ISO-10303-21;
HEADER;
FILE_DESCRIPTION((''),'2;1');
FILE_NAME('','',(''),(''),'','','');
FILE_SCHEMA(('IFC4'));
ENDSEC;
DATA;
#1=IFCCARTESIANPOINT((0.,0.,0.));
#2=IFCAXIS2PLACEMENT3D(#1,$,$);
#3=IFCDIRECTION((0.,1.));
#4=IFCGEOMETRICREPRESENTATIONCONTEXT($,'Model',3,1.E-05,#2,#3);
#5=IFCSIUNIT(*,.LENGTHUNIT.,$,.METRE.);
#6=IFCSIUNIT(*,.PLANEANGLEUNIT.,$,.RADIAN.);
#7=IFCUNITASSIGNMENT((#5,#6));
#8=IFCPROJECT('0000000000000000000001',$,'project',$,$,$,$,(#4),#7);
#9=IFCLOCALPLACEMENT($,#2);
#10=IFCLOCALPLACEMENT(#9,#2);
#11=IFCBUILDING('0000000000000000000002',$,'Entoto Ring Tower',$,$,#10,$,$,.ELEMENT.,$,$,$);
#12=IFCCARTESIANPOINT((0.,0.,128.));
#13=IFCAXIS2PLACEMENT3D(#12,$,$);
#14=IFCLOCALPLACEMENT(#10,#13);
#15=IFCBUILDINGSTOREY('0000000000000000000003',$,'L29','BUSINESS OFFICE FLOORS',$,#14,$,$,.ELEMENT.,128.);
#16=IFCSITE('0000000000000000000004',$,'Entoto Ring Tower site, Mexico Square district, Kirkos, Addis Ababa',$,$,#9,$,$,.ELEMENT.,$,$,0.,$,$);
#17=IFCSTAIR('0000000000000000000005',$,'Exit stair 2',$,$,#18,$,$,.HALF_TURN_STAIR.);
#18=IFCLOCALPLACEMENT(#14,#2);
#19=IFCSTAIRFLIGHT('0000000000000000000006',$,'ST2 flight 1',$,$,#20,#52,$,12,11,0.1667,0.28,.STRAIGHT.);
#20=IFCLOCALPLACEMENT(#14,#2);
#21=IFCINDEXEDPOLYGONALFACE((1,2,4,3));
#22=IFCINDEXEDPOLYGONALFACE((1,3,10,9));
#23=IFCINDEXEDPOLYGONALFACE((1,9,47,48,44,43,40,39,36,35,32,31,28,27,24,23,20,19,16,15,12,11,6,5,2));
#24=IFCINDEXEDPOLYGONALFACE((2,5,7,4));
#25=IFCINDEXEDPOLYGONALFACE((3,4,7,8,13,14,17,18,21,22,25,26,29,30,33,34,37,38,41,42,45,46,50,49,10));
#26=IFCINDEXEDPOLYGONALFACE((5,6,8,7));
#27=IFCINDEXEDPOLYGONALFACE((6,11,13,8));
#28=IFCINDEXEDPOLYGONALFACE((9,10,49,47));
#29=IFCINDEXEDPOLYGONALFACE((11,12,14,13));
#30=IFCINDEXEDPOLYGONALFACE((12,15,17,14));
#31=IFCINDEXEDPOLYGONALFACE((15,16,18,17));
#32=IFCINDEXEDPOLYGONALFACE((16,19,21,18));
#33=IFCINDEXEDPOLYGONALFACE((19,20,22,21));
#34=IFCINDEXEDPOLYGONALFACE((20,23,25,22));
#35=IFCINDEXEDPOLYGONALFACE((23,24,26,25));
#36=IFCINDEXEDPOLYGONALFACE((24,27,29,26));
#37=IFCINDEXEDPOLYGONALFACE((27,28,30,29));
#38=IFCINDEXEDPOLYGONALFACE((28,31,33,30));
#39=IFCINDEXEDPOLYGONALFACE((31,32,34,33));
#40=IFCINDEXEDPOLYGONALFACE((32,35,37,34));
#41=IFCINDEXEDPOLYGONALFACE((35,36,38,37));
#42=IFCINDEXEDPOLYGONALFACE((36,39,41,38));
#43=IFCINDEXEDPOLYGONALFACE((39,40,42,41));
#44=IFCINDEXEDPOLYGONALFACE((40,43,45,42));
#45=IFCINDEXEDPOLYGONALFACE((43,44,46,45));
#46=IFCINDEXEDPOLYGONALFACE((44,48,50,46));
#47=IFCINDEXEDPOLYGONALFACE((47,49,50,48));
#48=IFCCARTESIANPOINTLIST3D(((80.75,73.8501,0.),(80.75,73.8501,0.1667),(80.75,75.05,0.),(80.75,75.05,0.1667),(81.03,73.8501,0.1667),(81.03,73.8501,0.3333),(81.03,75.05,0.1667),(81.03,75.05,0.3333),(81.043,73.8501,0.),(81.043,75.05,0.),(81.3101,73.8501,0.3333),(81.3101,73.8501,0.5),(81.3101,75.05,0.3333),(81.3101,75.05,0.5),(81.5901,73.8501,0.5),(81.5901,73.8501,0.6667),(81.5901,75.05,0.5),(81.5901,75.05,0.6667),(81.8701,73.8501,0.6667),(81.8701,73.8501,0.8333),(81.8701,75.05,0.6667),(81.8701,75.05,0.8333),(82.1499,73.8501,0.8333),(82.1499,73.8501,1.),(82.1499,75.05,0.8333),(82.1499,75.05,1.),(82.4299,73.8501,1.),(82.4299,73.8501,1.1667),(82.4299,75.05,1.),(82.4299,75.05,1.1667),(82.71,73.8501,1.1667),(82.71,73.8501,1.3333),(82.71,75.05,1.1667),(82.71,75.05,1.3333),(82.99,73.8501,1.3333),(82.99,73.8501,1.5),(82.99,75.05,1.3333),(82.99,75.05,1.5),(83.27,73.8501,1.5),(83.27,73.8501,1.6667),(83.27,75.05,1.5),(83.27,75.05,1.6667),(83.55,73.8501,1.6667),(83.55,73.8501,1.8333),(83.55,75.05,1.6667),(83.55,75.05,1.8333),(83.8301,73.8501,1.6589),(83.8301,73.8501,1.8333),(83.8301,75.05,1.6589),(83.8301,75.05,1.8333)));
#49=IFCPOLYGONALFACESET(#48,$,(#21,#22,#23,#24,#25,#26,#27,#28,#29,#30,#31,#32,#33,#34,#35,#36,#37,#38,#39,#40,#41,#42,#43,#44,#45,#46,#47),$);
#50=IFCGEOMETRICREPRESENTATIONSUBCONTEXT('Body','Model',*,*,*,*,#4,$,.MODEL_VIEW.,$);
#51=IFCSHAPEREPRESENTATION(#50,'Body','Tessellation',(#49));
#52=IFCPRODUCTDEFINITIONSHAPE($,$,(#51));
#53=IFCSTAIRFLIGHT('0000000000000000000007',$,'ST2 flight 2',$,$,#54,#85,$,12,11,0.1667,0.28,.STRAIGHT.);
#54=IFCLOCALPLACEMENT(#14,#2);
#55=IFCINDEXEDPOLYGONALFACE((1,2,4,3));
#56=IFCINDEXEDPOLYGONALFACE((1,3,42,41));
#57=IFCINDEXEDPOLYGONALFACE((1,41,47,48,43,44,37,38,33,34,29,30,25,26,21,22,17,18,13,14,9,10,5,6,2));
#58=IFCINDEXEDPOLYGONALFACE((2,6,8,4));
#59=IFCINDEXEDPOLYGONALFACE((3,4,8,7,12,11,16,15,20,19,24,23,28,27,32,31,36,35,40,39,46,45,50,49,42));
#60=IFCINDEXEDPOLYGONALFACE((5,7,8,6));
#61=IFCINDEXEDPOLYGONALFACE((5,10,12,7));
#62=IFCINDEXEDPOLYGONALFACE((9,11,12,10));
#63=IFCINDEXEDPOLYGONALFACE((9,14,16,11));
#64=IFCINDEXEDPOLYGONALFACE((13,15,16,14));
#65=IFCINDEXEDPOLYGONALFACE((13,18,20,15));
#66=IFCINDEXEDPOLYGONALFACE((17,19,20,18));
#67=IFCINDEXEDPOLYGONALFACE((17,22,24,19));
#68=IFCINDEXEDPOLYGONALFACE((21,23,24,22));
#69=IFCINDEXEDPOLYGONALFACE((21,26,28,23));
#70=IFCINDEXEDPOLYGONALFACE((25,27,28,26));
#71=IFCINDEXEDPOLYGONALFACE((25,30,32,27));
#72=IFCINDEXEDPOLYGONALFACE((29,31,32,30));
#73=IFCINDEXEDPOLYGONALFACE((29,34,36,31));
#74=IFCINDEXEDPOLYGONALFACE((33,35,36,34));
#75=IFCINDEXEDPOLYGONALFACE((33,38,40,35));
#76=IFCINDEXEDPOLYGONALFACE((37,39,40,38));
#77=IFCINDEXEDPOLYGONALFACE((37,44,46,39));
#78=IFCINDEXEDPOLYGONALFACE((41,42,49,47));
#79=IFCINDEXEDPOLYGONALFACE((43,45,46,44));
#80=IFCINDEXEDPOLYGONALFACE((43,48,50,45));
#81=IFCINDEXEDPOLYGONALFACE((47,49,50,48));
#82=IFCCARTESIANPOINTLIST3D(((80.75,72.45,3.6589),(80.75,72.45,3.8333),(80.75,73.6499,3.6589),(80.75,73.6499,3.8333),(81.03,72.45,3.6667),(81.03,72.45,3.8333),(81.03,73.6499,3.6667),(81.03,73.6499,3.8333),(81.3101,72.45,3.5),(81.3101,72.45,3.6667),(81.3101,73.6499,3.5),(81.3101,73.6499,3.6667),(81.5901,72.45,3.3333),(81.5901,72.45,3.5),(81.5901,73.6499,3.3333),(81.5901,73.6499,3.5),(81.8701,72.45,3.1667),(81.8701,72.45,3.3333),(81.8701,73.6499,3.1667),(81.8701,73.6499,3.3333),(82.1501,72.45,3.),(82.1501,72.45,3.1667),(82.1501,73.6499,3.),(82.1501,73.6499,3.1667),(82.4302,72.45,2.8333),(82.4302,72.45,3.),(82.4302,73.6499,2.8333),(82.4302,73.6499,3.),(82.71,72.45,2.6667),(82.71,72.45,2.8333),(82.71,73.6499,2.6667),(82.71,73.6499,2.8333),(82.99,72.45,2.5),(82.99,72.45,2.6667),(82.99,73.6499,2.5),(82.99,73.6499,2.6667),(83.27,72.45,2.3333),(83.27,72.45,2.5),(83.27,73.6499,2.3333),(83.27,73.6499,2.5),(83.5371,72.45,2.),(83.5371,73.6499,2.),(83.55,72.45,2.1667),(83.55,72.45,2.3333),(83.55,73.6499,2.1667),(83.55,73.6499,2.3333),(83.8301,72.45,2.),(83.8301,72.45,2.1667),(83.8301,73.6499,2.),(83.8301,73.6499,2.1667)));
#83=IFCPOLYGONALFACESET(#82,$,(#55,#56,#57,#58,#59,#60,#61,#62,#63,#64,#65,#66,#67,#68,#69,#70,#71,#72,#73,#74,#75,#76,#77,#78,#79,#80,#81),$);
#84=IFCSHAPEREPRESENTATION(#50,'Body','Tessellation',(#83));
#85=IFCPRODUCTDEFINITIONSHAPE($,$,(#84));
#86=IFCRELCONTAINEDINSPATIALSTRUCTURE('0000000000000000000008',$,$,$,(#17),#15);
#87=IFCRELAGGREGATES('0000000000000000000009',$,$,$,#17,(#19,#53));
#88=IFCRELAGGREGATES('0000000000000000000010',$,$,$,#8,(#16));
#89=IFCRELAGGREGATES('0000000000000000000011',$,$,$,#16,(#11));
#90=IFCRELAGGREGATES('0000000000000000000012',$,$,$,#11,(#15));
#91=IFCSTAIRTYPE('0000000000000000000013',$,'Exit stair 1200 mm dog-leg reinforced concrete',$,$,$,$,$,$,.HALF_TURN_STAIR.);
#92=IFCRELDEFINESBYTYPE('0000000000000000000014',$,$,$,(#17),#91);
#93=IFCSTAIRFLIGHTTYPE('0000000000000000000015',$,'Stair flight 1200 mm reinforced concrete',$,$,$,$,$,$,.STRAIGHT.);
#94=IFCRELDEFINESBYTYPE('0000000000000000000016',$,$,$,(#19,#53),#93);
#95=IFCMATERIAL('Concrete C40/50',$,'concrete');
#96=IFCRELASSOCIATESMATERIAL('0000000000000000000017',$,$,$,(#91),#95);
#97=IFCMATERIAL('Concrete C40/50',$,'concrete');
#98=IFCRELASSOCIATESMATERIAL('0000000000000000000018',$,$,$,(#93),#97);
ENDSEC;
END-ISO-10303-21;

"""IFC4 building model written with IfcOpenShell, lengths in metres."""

from ifc_helpers import new_model, si_unit, direction, frame, origin, place, context, subcontext, project, spatial, polyline, outline, extrude, material, type_object, element, aggregate, save


model = new_model("IFC4")

# Units and contexts
model_context = context("Model", 3, precision=1e-05, world=origin(), true_north=direction((0.0, 1.0)))
body_context = subcontext(model_context, "Body", "Model", "MODEL_VIEW")
ifc_project = project(units=[si_unit("LENGTHUNIT", "METRE"), si_unit("PLANEANGLEUNIT", "RADIAN")], contexts=[model_context])

# Site, building, storey
site_placement = place(None, origin())
site = spatial("IfcSite", under=ifc_project, at=site_placement, Name="Entoto Ring Tower site, Mexico Square district, Kirkos, Addis Ababa", CompositionType="ELEMENT", RefElevation=0.0)
building_placement = place(site_placement, origin())
building = spatial("IfcBuilding", under=site, at=building_placement, Name="Entoto Ring Tower", CompositionType="ELEMENT")
storey_placement = place(building_placement, frame((0.0, 0.0, 128.0)))
storey = spatial("IfcBuildingStorey", under=building, at=storey_placement, Name="L29", Description="BUSINESS OFFICE FLOORS", CompositionType="ELEMENT", Elevation=128.0)

# Stair, stair flights
ifc_material_1 = material(Name="Concrete C40/50", Category="concrete")
stair_type = type_object("IfcStairType", Name="Exit stair 1200 mm dog-leg reinforced concrete", PredefinedType="HALF_TURN_STAIR", material=ifc_material_1)
stair_placement = place(storey_placement, origin())
stair = element("IfcStair", 1, at=stair_placement, inside=storey, type_object=stair_type, Name="Exit stair 2", PredefinedType="HALF_TURN_STAIR")
ifc_material_2 = material(Name="Concrete C40/50", Category="concrete")
stair_flight_type = type_object("IfcStairFlightType", Name="Stair flight 1200 mm reinforced concrete", PredefinedType="STRAIGHT", material=ifc_material_2)
stair_flight_1_placement = place(storey_placement, frame((80.75, 74.45, 0.0), z_axis=(0.0, 0.0, 1.0), x_axis=(1.0, 0.0, 0.0)))
stair_flight_1 = element("IfcStairFlight", 2, at=stair_flight_1_placement, type_object=stair_flight_type, Name="ST2 flight 1", NumberOfRisers=12, NumberOfTreads=11, PredefinedType="STRAIGHT", RiserHeight=0.1667, TreadLength=0.28, context=body_context, shape_type="SweptSolid", body=[
    extrude(outline(polyline([(0.0, 0.0), (0.0, 0.1667), (0.28, 0.1667), (0.28, 0.3333), (0.5601, 0.3333), (0.5601, 0.5), (0.8401, 0.5), (0.8401, 0.6667), (1.1201, 0.6667), (1.1201, 0.8333), (1.3999, 0.8333), (1.3999, 1.0), (1.6799, 1.0), (1.6799, 1.1667), (1.96, 1.1667), (1.96, 1.3333), (2.24, 1.3333), (2.24, 1.5), (2.52, 1.5), (2.52, 1.6667), (2.8, 1.6667), (2.8, 1.8333), (3.0801, 1.8333), (3.0801, 2.0), (3.0801, 1.6589), (0.293, 0.0), (0.0, 0.0)])), frame((0.0, 0.6001, 0.0), z_axis=(0.0, -1.0, 0.0), x_axis=(1.0, 0.0, 0.0)), (0.0, 0.0, 1.0), 1.2),
])
stair_flight_2_placement = place(storey_placement, frame((83.8301, 73.05, 2.0), z_axis=(0.0, 0.0, 1.0), x_axis=(-1.0, 0.0, 0.0)))
stair_flight_2 = element("IfcStairFlight", 3, at=stair_flight_2_placement, type_object=stair_flight_type, Name="ST2 flight 2", NumberOfRisers=12, NumberOfTreads=11, PredefinedType="STRAIGHT", RiserHeight=0.1667, TreadLength=0.28, context=body_context, shape_type="SweptSolid", body=[
    extrude(outline(polyline([(0.0, 0.0), (0.0, 0.1667), (0.28, 0.1667), (0.28, 0.3333), (0.5601, 0.3333), (0.5601, 0.5), (0.8401, 0.5), (0.8401, 0.6667), (1.1201, 0.6667), (1.1201, 0.8333), (1.3999, 0.8333), (1.3999, 1.0), (1.6799, 1.0), (1.6799, 1.1667), (1.96, 1.1667), (1.96, 1.3333), (2.24, 1.3333), (2.24, 1.5), (2.52, 1.5), (2.52, 1.6667), (2.8, 1.6667), (2.8, 1.8333), (3.0801, 1.8333), (3.0801, 2.0), (3.0801, 1.6589), (0.293, 0.0), (0.0, 0.0)])), frame((0.0, 0.6001, 0.0), z_axis=(0.0, -1.0, 0.0), x_axis=(1.0, 0.0, 0.0)), (0.0, 0.0, 1.0), 1.2),
])
aggregate(stair, [stair_flight_1, stair_flight_2])

save(model, "model.ifc")
